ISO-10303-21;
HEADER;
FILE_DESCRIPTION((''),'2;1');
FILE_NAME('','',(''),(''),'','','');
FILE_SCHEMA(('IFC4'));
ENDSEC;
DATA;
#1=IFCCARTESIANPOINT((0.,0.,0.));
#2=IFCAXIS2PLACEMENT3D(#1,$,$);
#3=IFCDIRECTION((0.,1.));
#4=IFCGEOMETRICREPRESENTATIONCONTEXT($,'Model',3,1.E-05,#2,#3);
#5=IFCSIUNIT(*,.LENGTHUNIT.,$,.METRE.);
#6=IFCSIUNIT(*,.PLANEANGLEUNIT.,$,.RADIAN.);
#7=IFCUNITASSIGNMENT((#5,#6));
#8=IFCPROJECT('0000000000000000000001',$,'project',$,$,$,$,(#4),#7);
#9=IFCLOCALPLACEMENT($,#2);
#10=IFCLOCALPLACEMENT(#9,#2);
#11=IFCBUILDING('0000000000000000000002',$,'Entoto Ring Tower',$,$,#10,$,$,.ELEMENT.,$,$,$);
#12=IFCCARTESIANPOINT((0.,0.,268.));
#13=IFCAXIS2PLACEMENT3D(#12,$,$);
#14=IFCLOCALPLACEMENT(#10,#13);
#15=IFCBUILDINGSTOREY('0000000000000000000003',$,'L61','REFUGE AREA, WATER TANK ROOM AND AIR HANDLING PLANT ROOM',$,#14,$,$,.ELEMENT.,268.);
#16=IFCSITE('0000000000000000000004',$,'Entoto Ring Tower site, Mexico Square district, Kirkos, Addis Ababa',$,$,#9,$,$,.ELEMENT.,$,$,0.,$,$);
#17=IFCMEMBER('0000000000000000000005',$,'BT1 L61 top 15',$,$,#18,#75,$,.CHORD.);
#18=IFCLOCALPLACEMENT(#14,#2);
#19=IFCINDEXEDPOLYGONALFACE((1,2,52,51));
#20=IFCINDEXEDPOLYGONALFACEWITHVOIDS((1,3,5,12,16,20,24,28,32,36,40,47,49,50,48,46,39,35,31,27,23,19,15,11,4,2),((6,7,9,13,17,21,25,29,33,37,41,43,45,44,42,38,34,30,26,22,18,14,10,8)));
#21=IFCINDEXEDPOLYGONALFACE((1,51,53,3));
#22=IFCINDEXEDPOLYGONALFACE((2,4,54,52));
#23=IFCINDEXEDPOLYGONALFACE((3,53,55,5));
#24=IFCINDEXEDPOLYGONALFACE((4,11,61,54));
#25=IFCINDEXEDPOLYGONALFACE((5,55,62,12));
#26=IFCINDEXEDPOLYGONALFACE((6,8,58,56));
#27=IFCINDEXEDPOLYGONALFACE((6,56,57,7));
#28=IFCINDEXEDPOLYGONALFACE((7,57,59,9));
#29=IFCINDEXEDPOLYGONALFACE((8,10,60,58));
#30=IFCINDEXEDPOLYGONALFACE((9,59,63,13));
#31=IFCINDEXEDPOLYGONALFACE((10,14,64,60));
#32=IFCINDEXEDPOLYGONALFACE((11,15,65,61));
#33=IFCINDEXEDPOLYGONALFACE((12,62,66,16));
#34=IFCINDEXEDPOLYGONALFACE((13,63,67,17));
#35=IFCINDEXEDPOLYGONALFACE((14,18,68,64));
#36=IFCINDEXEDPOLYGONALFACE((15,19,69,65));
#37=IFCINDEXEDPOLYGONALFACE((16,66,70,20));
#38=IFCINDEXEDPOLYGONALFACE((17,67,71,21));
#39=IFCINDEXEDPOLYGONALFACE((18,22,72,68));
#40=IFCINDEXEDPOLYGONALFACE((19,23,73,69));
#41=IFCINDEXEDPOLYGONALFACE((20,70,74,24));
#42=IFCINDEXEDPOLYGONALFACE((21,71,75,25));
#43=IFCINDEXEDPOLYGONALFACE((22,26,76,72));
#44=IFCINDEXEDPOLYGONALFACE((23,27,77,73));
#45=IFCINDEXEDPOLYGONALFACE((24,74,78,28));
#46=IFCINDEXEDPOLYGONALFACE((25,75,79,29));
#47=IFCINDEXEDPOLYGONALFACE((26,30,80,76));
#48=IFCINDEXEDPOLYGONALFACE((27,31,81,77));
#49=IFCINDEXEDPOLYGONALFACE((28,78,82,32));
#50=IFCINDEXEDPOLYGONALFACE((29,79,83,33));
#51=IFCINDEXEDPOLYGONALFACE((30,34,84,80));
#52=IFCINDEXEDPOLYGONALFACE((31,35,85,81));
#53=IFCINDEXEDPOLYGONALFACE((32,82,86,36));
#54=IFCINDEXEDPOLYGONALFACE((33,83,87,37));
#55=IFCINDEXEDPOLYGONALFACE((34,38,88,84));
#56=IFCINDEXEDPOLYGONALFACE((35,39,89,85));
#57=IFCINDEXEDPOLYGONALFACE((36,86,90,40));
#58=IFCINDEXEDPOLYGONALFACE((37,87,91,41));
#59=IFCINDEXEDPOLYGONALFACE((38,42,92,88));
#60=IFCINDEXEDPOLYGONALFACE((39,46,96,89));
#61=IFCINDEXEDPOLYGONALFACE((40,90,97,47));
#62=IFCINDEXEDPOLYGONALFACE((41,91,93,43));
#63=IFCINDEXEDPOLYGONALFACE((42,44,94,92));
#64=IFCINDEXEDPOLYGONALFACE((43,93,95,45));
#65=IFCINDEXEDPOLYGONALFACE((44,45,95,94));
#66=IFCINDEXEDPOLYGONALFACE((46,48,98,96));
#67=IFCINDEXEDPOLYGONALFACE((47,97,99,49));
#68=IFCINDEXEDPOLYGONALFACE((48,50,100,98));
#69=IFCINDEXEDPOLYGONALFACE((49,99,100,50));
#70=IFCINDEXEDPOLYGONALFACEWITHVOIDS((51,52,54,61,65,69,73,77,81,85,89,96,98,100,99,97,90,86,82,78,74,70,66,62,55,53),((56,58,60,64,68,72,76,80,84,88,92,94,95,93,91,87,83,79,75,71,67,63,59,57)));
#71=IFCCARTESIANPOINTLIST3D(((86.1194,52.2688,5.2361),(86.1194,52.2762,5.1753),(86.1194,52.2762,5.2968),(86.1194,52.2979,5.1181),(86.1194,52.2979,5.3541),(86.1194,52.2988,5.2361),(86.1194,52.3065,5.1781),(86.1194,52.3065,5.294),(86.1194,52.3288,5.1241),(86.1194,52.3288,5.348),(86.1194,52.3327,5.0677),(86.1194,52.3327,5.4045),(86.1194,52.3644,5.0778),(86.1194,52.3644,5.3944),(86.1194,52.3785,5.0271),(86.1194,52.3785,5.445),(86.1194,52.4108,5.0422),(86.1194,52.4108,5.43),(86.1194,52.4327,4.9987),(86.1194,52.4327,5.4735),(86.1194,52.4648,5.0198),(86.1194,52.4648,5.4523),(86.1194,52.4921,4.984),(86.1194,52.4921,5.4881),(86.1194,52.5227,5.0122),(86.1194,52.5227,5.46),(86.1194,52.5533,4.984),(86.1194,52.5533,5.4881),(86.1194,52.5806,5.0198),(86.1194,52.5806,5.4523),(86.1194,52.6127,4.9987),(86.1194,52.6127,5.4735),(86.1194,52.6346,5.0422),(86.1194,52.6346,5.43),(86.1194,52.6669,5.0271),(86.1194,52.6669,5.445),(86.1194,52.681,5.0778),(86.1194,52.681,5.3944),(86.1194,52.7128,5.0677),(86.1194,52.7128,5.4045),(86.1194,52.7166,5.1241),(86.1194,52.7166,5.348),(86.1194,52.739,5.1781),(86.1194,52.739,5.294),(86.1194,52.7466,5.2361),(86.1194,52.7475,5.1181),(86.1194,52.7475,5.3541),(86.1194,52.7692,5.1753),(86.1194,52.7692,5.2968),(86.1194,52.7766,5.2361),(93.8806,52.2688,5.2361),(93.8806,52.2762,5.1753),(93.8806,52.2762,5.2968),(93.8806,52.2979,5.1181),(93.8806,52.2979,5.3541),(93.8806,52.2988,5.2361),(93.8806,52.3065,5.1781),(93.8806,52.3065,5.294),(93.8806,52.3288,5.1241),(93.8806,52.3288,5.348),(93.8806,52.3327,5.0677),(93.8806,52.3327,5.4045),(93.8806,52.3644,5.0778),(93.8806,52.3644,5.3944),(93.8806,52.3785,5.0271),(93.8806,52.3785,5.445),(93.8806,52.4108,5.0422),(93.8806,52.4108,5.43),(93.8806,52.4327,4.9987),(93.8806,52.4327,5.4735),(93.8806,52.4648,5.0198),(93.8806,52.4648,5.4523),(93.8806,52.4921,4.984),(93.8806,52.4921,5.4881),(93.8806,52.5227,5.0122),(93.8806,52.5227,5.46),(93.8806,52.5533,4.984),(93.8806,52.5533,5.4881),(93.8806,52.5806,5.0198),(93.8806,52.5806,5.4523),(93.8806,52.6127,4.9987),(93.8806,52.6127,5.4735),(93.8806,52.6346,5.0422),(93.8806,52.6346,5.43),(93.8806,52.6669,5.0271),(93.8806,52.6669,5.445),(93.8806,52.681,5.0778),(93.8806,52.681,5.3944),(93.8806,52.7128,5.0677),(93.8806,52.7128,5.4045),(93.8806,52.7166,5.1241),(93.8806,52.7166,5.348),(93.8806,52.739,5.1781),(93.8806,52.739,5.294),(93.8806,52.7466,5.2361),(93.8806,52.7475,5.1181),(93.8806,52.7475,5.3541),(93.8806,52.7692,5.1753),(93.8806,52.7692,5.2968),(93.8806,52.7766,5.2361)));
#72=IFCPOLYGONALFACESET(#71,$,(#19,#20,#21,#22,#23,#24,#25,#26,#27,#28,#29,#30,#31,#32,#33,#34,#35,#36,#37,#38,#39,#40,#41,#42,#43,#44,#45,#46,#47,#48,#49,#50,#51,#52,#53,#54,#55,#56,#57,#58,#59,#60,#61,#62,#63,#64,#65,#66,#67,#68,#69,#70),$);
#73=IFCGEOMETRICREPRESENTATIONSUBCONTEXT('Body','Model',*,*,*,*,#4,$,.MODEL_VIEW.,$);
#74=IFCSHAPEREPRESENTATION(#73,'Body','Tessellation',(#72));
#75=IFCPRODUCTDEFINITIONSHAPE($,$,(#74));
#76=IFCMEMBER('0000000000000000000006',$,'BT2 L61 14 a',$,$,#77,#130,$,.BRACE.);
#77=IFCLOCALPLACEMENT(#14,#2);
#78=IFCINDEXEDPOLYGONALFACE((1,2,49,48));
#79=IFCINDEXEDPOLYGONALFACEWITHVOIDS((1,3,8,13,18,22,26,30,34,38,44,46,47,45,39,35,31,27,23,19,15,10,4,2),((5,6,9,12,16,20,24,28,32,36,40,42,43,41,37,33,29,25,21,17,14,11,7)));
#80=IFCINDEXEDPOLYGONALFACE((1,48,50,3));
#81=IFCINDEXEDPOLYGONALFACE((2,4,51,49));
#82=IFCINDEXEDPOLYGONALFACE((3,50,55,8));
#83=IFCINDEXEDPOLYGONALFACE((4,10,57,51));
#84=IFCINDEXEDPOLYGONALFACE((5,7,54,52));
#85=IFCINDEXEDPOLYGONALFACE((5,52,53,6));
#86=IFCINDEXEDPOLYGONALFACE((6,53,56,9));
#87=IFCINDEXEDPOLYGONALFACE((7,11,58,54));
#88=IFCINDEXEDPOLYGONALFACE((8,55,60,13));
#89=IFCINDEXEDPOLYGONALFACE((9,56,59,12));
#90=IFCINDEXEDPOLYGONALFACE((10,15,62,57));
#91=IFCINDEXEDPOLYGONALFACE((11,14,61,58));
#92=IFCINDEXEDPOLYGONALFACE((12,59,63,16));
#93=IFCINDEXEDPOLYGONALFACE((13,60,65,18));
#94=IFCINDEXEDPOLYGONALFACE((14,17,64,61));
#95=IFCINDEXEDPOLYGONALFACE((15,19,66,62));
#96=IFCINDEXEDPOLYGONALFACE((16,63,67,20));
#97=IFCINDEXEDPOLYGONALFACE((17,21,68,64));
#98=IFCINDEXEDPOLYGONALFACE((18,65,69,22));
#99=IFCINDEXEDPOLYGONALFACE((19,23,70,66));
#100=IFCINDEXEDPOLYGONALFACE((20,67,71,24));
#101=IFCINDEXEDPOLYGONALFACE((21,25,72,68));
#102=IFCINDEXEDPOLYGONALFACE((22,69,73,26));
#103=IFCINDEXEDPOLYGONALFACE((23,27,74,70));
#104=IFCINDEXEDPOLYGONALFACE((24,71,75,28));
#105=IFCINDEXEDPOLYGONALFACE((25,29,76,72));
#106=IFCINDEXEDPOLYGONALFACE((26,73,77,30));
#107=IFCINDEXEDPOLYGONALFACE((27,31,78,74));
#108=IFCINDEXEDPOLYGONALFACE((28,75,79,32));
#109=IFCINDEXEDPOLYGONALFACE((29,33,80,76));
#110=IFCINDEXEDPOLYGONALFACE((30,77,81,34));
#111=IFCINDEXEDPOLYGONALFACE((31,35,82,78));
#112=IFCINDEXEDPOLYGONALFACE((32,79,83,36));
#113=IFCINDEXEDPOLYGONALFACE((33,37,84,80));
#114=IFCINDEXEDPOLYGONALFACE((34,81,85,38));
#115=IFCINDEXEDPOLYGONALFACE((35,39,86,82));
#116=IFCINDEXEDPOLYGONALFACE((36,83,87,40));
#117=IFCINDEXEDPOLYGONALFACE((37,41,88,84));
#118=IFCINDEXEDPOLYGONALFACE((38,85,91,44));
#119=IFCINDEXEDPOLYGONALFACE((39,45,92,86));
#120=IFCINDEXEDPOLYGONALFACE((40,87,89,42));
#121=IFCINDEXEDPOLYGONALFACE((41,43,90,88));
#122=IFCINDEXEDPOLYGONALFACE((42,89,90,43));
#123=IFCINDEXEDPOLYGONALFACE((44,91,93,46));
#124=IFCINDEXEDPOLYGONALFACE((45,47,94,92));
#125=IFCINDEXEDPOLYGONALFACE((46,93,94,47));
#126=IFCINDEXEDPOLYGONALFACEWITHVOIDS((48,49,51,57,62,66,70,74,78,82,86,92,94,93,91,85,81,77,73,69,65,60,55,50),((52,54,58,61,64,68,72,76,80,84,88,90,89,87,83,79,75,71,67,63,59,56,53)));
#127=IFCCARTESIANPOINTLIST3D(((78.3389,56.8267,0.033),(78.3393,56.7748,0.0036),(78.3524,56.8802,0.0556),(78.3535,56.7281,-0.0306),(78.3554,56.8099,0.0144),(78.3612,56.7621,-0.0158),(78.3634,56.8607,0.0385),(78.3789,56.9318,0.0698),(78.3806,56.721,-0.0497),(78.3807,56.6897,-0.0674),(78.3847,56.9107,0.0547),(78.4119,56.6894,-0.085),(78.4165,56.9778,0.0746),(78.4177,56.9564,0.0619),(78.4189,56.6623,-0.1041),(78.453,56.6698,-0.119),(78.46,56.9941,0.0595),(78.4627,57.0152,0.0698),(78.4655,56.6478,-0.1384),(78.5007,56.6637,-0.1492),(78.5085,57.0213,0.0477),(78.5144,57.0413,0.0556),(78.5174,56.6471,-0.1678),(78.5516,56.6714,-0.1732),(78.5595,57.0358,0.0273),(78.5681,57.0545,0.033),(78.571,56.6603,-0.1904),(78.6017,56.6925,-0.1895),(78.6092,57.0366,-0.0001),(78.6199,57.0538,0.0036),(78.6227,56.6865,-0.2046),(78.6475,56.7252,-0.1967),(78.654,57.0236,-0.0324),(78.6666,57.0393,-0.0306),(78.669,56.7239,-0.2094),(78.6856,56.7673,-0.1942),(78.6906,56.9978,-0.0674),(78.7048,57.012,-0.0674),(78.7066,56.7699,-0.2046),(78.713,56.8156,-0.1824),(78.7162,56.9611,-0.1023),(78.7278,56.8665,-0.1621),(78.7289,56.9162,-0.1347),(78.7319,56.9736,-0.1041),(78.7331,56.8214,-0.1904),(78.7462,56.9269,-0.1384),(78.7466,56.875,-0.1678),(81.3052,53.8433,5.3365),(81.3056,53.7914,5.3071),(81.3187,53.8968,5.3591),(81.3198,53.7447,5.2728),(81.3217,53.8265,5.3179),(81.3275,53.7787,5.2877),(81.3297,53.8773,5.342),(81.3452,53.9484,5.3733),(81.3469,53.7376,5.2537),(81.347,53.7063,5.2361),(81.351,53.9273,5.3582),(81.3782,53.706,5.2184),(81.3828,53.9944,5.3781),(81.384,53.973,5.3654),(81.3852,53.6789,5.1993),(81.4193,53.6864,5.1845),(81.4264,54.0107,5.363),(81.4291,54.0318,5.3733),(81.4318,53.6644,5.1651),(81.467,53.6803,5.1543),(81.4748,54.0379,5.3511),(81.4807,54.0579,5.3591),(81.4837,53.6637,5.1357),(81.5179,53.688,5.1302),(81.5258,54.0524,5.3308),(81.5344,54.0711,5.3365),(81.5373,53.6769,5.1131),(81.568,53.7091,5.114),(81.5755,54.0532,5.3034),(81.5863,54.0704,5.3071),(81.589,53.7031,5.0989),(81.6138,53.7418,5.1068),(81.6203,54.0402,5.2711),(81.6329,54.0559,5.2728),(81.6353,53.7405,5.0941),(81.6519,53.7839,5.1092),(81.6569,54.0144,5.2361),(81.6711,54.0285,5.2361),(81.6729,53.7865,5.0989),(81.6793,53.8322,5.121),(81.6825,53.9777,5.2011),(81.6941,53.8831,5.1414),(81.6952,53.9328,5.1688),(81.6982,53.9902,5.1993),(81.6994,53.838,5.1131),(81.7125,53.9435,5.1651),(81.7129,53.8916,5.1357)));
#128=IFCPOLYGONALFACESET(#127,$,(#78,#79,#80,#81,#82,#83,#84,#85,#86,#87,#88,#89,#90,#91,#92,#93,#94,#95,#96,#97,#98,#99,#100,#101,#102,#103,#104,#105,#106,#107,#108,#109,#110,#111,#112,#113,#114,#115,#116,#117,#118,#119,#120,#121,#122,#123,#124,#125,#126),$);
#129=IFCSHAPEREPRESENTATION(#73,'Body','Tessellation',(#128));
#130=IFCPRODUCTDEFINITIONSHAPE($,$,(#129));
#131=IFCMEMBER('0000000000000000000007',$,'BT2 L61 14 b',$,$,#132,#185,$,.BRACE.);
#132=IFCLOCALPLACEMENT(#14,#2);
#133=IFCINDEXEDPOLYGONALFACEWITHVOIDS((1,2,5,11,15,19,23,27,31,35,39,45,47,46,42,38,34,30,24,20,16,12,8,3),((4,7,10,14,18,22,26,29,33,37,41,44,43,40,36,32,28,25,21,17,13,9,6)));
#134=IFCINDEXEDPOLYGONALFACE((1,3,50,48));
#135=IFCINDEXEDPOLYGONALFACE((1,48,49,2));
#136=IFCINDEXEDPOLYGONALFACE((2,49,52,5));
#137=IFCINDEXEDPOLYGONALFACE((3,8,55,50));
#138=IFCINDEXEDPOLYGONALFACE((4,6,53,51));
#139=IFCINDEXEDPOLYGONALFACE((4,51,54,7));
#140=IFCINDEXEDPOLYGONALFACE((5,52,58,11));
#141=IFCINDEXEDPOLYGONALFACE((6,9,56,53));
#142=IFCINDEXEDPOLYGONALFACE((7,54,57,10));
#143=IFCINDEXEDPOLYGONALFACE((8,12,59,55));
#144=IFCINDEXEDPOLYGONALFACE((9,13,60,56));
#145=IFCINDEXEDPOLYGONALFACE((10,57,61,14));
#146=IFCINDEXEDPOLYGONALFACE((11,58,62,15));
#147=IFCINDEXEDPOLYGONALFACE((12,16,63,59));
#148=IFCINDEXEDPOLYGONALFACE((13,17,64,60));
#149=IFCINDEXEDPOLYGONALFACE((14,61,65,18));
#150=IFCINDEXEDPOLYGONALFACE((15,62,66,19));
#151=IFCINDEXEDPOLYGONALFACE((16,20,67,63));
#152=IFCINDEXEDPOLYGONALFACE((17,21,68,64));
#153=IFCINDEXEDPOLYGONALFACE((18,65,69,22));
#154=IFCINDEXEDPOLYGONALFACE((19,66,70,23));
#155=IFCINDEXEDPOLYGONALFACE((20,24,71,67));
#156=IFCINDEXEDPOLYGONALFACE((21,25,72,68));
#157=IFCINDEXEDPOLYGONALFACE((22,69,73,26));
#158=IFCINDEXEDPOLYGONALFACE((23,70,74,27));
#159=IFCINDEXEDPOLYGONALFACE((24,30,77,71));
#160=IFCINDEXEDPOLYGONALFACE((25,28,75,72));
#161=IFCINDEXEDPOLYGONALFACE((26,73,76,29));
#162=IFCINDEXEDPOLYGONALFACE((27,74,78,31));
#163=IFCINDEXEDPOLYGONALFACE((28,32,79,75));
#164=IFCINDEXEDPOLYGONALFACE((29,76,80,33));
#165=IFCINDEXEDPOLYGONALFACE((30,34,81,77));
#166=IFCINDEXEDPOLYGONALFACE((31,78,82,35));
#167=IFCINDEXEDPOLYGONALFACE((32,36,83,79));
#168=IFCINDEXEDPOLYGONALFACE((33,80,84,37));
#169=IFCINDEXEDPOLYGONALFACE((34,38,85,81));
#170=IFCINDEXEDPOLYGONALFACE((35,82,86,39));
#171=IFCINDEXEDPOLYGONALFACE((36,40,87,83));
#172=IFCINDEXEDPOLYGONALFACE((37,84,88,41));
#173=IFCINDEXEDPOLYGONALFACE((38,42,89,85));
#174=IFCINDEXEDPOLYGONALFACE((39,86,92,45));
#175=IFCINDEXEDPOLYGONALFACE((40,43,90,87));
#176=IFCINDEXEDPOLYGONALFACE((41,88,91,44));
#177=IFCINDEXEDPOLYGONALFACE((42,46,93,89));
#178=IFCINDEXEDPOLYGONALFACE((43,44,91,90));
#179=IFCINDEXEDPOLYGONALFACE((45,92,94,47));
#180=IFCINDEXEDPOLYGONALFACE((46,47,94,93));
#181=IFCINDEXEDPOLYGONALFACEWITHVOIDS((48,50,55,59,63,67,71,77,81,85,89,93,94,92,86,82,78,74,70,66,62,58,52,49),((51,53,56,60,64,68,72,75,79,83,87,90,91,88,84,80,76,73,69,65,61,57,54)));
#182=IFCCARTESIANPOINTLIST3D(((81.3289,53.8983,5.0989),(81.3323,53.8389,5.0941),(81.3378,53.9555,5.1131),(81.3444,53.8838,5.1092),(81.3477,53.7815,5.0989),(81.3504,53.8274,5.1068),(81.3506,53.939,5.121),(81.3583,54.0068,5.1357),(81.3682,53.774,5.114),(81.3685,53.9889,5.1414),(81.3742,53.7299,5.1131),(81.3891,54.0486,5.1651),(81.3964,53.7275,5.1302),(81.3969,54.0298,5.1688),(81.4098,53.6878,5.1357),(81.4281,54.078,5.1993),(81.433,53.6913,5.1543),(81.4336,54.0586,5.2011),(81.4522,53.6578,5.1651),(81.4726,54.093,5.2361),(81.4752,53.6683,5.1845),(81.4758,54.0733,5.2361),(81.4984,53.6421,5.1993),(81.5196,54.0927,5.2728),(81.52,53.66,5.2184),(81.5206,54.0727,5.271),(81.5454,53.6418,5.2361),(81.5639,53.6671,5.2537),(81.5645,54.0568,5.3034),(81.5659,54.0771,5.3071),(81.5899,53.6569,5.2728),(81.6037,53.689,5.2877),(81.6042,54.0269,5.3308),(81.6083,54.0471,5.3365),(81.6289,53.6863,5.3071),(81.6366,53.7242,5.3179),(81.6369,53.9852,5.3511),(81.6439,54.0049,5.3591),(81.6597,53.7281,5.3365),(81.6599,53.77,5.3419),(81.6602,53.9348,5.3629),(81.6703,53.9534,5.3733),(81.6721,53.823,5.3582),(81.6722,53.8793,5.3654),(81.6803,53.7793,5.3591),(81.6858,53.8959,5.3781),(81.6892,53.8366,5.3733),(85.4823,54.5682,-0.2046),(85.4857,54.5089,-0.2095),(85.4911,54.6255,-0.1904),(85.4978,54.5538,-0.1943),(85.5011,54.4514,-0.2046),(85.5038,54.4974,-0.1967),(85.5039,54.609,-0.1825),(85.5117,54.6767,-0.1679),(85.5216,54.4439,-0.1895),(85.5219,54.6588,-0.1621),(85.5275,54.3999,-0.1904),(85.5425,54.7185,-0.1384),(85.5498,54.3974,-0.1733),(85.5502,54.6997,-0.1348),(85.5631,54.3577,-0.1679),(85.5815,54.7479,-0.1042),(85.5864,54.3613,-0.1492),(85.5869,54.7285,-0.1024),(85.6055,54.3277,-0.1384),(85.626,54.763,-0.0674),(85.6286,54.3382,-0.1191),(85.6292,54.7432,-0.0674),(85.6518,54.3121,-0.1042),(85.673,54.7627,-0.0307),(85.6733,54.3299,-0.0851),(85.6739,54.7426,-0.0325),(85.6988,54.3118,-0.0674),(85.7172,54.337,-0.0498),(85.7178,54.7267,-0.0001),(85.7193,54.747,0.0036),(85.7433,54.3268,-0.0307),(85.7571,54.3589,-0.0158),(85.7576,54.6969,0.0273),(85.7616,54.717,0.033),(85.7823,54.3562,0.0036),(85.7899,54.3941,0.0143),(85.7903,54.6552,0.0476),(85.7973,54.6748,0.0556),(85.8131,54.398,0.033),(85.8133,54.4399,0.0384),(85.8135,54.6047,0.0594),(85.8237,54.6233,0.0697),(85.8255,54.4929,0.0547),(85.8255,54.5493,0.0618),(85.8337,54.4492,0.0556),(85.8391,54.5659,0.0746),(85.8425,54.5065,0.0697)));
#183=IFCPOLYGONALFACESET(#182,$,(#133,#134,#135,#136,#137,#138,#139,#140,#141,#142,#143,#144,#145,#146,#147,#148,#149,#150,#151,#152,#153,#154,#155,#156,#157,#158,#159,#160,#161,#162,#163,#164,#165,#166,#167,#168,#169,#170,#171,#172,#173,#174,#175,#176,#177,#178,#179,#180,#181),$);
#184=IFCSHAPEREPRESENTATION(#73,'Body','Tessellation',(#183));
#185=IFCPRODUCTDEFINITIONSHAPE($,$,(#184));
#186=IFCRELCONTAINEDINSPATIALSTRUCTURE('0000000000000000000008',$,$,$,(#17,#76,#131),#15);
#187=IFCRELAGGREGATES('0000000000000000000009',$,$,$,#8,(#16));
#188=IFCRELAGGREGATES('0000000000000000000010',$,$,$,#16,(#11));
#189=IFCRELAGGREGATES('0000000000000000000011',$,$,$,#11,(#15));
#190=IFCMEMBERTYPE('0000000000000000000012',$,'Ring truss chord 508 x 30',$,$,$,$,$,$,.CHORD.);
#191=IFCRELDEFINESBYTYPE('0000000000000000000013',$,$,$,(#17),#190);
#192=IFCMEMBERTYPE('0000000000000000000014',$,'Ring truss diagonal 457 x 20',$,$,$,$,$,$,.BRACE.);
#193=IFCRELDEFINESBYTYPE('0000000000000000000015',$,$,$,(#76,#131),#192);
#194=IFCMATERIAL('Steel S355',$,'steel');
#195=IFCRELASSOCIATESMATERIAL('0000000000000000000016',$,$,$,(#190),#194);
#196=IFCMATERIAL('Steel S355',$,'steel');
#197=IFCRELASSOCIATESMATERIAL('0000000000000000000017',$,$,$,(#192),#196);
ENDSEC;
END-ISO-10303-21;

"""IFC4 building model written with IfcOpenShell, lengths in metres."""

from ifc_helpers import new_model, si_unit, direction, frame, origin, origin_2d, place, context, subcontext, project, spatial, circle, hollow_circle, extrude, material, material_profile, profile_set, type_object, element, save


model = new_model("IFC4")

# Units and contexts
model_context = context("Model", 3, precision=1e-05, world=origin(), true_north=direction((0.0, 1.0)))
body_context = subcontext(model_context, "Body", "Model", "MODEL_VIEW")
ifc_project = project(units=[si_unit("LENGTHUNIT", "METRE"), si_unit("PLANEANGLEUNIT", "RADIAN")], contexts=[model_context])

# Site, building, storey
site_placement = place(None, origin())
site = spatial("IfcSite", under=ifc_project, at=site_placement, Name="Entoto Ring Tower site, Mexico Square district, Kirkos, Addis Ababa", CompositionType="ELEMENT", RefElevation=0.0)
building_placement = place(site_placement, origin())
building = spatial("IfcBuilding", under=site, at=building_placement, Name="Entoto Ring Tower", CompositionType="ELEMENT")
storey_placement = place(building_placement, frame((0.0, 0.0, 268.0)))
storey = spatial("IfcBuildingStorey", under=building, at=storey_placement, Name="L61", Description="REFUGE AREA, WATER TANK ROOM AND AIR HANDLING PLANT ROOM", CompositionType="ELEMENT", Elevation=268.0)

# Members
ifc_material_1 = material(Name="Steel S355", Category="steel")
ifc_material_profile_1 = material_profile(ifc_material_1, hollow_circle(Radius=0.2539, WallThickness=0.03, at=origin_2d()), Name="CHS 508 x 30")
ifc_material_2 = material(Name="Concrete C60/75", Category="concrete")
ifc_material_profile_2 = material_profile(ifc_material_2, circle(Radius=0.2241, at=origin_2d()), Name="Concrete C60/75 infill")
ifc_profile_set_1 = profile_set([ifc_material_profile_1, ifc_material_profile_2], Name="Steel S355")
member_type_1 = type_object("IfcMemberType", Name="Ring truss chord 508 x 30", PredefinedType="CHORD", material=ifc_profile_set_1)
member_1_placement = place(storey_placement, frame((86.1194, 52.5227, 5.2361), z_axis=(1.0, 0.0, 0.0), x_axis=(0.0, 1.0, 0.0)))
element("IfcMember", 1, at=member_1_placement, inside=storey, type_object=member_type_1, Name="BT1 L61 top 15", PredefinedType="CHORD", context=body_context, shape_type="SweptSolid", body=[
    extrude(hollow_circle(Radius=0.2539, WallThickness=0.03, at=origin_2d()), origin(), (0.0, 0.0, 1.0), 7.7612),
])
ifc_material_3 = material(Name="Steel S355", Category="steel")
ifc_material_profile_3 = material_profile(ifc_material_3, hollow_circle(Radius=0.2285, WallThickness=0.02, at=origin_2d()), Name="CHS 457 x 20")
ifc_material_4 = material(Name="Concrete C60/75", Category="concrete")
ifc_material_profile_4 = material_profile(ifc_material_4, circle(Radius=0.2085, at=origin_2d()), Name="Concrete C60/75 infill")
ifc_profile_set_2 = profile_set([ifc_material_profile_3, ifc_material_profile_4], Name="Steel S355")
member_type_2 = type_object("IfcMemberType", Name="Ring truss diagonal 457 x 20", PredefinedType="BRACE", material=ifc_profile_set_2)
for number, where, z_axis, x_axis, name in (
    (2, (78.5427, 56.8508, -0.0674), (0.438186, -0.44071, 0.783433), (0.709135, 0.705073, 0.0), "BT2 L61 14 a"),
    (3, (81.509, 53.8674, 5.2361), (0.613538, 0.098962, -0.78344), (-0.15924, 0.98724, 0.0), "BT2 L61 14 b"),
):
    element("IfcMember", number, at=place(storey_placement, frame(where, z_axis=z_axis, x_axis=x_axis)), inside=storey, type_object=member_type_2, Name=name, PredefinedType="BRACE", context=body_context, shape_type="SweptSolid", body=[
        extrude(hollow_circle(Radius=0.2285, WallThickness=0.02, at=origin_2d()), origin(), (0.0, 0.0, 1.0), 6.7695),
    ])

save(model, "model.ifc")
